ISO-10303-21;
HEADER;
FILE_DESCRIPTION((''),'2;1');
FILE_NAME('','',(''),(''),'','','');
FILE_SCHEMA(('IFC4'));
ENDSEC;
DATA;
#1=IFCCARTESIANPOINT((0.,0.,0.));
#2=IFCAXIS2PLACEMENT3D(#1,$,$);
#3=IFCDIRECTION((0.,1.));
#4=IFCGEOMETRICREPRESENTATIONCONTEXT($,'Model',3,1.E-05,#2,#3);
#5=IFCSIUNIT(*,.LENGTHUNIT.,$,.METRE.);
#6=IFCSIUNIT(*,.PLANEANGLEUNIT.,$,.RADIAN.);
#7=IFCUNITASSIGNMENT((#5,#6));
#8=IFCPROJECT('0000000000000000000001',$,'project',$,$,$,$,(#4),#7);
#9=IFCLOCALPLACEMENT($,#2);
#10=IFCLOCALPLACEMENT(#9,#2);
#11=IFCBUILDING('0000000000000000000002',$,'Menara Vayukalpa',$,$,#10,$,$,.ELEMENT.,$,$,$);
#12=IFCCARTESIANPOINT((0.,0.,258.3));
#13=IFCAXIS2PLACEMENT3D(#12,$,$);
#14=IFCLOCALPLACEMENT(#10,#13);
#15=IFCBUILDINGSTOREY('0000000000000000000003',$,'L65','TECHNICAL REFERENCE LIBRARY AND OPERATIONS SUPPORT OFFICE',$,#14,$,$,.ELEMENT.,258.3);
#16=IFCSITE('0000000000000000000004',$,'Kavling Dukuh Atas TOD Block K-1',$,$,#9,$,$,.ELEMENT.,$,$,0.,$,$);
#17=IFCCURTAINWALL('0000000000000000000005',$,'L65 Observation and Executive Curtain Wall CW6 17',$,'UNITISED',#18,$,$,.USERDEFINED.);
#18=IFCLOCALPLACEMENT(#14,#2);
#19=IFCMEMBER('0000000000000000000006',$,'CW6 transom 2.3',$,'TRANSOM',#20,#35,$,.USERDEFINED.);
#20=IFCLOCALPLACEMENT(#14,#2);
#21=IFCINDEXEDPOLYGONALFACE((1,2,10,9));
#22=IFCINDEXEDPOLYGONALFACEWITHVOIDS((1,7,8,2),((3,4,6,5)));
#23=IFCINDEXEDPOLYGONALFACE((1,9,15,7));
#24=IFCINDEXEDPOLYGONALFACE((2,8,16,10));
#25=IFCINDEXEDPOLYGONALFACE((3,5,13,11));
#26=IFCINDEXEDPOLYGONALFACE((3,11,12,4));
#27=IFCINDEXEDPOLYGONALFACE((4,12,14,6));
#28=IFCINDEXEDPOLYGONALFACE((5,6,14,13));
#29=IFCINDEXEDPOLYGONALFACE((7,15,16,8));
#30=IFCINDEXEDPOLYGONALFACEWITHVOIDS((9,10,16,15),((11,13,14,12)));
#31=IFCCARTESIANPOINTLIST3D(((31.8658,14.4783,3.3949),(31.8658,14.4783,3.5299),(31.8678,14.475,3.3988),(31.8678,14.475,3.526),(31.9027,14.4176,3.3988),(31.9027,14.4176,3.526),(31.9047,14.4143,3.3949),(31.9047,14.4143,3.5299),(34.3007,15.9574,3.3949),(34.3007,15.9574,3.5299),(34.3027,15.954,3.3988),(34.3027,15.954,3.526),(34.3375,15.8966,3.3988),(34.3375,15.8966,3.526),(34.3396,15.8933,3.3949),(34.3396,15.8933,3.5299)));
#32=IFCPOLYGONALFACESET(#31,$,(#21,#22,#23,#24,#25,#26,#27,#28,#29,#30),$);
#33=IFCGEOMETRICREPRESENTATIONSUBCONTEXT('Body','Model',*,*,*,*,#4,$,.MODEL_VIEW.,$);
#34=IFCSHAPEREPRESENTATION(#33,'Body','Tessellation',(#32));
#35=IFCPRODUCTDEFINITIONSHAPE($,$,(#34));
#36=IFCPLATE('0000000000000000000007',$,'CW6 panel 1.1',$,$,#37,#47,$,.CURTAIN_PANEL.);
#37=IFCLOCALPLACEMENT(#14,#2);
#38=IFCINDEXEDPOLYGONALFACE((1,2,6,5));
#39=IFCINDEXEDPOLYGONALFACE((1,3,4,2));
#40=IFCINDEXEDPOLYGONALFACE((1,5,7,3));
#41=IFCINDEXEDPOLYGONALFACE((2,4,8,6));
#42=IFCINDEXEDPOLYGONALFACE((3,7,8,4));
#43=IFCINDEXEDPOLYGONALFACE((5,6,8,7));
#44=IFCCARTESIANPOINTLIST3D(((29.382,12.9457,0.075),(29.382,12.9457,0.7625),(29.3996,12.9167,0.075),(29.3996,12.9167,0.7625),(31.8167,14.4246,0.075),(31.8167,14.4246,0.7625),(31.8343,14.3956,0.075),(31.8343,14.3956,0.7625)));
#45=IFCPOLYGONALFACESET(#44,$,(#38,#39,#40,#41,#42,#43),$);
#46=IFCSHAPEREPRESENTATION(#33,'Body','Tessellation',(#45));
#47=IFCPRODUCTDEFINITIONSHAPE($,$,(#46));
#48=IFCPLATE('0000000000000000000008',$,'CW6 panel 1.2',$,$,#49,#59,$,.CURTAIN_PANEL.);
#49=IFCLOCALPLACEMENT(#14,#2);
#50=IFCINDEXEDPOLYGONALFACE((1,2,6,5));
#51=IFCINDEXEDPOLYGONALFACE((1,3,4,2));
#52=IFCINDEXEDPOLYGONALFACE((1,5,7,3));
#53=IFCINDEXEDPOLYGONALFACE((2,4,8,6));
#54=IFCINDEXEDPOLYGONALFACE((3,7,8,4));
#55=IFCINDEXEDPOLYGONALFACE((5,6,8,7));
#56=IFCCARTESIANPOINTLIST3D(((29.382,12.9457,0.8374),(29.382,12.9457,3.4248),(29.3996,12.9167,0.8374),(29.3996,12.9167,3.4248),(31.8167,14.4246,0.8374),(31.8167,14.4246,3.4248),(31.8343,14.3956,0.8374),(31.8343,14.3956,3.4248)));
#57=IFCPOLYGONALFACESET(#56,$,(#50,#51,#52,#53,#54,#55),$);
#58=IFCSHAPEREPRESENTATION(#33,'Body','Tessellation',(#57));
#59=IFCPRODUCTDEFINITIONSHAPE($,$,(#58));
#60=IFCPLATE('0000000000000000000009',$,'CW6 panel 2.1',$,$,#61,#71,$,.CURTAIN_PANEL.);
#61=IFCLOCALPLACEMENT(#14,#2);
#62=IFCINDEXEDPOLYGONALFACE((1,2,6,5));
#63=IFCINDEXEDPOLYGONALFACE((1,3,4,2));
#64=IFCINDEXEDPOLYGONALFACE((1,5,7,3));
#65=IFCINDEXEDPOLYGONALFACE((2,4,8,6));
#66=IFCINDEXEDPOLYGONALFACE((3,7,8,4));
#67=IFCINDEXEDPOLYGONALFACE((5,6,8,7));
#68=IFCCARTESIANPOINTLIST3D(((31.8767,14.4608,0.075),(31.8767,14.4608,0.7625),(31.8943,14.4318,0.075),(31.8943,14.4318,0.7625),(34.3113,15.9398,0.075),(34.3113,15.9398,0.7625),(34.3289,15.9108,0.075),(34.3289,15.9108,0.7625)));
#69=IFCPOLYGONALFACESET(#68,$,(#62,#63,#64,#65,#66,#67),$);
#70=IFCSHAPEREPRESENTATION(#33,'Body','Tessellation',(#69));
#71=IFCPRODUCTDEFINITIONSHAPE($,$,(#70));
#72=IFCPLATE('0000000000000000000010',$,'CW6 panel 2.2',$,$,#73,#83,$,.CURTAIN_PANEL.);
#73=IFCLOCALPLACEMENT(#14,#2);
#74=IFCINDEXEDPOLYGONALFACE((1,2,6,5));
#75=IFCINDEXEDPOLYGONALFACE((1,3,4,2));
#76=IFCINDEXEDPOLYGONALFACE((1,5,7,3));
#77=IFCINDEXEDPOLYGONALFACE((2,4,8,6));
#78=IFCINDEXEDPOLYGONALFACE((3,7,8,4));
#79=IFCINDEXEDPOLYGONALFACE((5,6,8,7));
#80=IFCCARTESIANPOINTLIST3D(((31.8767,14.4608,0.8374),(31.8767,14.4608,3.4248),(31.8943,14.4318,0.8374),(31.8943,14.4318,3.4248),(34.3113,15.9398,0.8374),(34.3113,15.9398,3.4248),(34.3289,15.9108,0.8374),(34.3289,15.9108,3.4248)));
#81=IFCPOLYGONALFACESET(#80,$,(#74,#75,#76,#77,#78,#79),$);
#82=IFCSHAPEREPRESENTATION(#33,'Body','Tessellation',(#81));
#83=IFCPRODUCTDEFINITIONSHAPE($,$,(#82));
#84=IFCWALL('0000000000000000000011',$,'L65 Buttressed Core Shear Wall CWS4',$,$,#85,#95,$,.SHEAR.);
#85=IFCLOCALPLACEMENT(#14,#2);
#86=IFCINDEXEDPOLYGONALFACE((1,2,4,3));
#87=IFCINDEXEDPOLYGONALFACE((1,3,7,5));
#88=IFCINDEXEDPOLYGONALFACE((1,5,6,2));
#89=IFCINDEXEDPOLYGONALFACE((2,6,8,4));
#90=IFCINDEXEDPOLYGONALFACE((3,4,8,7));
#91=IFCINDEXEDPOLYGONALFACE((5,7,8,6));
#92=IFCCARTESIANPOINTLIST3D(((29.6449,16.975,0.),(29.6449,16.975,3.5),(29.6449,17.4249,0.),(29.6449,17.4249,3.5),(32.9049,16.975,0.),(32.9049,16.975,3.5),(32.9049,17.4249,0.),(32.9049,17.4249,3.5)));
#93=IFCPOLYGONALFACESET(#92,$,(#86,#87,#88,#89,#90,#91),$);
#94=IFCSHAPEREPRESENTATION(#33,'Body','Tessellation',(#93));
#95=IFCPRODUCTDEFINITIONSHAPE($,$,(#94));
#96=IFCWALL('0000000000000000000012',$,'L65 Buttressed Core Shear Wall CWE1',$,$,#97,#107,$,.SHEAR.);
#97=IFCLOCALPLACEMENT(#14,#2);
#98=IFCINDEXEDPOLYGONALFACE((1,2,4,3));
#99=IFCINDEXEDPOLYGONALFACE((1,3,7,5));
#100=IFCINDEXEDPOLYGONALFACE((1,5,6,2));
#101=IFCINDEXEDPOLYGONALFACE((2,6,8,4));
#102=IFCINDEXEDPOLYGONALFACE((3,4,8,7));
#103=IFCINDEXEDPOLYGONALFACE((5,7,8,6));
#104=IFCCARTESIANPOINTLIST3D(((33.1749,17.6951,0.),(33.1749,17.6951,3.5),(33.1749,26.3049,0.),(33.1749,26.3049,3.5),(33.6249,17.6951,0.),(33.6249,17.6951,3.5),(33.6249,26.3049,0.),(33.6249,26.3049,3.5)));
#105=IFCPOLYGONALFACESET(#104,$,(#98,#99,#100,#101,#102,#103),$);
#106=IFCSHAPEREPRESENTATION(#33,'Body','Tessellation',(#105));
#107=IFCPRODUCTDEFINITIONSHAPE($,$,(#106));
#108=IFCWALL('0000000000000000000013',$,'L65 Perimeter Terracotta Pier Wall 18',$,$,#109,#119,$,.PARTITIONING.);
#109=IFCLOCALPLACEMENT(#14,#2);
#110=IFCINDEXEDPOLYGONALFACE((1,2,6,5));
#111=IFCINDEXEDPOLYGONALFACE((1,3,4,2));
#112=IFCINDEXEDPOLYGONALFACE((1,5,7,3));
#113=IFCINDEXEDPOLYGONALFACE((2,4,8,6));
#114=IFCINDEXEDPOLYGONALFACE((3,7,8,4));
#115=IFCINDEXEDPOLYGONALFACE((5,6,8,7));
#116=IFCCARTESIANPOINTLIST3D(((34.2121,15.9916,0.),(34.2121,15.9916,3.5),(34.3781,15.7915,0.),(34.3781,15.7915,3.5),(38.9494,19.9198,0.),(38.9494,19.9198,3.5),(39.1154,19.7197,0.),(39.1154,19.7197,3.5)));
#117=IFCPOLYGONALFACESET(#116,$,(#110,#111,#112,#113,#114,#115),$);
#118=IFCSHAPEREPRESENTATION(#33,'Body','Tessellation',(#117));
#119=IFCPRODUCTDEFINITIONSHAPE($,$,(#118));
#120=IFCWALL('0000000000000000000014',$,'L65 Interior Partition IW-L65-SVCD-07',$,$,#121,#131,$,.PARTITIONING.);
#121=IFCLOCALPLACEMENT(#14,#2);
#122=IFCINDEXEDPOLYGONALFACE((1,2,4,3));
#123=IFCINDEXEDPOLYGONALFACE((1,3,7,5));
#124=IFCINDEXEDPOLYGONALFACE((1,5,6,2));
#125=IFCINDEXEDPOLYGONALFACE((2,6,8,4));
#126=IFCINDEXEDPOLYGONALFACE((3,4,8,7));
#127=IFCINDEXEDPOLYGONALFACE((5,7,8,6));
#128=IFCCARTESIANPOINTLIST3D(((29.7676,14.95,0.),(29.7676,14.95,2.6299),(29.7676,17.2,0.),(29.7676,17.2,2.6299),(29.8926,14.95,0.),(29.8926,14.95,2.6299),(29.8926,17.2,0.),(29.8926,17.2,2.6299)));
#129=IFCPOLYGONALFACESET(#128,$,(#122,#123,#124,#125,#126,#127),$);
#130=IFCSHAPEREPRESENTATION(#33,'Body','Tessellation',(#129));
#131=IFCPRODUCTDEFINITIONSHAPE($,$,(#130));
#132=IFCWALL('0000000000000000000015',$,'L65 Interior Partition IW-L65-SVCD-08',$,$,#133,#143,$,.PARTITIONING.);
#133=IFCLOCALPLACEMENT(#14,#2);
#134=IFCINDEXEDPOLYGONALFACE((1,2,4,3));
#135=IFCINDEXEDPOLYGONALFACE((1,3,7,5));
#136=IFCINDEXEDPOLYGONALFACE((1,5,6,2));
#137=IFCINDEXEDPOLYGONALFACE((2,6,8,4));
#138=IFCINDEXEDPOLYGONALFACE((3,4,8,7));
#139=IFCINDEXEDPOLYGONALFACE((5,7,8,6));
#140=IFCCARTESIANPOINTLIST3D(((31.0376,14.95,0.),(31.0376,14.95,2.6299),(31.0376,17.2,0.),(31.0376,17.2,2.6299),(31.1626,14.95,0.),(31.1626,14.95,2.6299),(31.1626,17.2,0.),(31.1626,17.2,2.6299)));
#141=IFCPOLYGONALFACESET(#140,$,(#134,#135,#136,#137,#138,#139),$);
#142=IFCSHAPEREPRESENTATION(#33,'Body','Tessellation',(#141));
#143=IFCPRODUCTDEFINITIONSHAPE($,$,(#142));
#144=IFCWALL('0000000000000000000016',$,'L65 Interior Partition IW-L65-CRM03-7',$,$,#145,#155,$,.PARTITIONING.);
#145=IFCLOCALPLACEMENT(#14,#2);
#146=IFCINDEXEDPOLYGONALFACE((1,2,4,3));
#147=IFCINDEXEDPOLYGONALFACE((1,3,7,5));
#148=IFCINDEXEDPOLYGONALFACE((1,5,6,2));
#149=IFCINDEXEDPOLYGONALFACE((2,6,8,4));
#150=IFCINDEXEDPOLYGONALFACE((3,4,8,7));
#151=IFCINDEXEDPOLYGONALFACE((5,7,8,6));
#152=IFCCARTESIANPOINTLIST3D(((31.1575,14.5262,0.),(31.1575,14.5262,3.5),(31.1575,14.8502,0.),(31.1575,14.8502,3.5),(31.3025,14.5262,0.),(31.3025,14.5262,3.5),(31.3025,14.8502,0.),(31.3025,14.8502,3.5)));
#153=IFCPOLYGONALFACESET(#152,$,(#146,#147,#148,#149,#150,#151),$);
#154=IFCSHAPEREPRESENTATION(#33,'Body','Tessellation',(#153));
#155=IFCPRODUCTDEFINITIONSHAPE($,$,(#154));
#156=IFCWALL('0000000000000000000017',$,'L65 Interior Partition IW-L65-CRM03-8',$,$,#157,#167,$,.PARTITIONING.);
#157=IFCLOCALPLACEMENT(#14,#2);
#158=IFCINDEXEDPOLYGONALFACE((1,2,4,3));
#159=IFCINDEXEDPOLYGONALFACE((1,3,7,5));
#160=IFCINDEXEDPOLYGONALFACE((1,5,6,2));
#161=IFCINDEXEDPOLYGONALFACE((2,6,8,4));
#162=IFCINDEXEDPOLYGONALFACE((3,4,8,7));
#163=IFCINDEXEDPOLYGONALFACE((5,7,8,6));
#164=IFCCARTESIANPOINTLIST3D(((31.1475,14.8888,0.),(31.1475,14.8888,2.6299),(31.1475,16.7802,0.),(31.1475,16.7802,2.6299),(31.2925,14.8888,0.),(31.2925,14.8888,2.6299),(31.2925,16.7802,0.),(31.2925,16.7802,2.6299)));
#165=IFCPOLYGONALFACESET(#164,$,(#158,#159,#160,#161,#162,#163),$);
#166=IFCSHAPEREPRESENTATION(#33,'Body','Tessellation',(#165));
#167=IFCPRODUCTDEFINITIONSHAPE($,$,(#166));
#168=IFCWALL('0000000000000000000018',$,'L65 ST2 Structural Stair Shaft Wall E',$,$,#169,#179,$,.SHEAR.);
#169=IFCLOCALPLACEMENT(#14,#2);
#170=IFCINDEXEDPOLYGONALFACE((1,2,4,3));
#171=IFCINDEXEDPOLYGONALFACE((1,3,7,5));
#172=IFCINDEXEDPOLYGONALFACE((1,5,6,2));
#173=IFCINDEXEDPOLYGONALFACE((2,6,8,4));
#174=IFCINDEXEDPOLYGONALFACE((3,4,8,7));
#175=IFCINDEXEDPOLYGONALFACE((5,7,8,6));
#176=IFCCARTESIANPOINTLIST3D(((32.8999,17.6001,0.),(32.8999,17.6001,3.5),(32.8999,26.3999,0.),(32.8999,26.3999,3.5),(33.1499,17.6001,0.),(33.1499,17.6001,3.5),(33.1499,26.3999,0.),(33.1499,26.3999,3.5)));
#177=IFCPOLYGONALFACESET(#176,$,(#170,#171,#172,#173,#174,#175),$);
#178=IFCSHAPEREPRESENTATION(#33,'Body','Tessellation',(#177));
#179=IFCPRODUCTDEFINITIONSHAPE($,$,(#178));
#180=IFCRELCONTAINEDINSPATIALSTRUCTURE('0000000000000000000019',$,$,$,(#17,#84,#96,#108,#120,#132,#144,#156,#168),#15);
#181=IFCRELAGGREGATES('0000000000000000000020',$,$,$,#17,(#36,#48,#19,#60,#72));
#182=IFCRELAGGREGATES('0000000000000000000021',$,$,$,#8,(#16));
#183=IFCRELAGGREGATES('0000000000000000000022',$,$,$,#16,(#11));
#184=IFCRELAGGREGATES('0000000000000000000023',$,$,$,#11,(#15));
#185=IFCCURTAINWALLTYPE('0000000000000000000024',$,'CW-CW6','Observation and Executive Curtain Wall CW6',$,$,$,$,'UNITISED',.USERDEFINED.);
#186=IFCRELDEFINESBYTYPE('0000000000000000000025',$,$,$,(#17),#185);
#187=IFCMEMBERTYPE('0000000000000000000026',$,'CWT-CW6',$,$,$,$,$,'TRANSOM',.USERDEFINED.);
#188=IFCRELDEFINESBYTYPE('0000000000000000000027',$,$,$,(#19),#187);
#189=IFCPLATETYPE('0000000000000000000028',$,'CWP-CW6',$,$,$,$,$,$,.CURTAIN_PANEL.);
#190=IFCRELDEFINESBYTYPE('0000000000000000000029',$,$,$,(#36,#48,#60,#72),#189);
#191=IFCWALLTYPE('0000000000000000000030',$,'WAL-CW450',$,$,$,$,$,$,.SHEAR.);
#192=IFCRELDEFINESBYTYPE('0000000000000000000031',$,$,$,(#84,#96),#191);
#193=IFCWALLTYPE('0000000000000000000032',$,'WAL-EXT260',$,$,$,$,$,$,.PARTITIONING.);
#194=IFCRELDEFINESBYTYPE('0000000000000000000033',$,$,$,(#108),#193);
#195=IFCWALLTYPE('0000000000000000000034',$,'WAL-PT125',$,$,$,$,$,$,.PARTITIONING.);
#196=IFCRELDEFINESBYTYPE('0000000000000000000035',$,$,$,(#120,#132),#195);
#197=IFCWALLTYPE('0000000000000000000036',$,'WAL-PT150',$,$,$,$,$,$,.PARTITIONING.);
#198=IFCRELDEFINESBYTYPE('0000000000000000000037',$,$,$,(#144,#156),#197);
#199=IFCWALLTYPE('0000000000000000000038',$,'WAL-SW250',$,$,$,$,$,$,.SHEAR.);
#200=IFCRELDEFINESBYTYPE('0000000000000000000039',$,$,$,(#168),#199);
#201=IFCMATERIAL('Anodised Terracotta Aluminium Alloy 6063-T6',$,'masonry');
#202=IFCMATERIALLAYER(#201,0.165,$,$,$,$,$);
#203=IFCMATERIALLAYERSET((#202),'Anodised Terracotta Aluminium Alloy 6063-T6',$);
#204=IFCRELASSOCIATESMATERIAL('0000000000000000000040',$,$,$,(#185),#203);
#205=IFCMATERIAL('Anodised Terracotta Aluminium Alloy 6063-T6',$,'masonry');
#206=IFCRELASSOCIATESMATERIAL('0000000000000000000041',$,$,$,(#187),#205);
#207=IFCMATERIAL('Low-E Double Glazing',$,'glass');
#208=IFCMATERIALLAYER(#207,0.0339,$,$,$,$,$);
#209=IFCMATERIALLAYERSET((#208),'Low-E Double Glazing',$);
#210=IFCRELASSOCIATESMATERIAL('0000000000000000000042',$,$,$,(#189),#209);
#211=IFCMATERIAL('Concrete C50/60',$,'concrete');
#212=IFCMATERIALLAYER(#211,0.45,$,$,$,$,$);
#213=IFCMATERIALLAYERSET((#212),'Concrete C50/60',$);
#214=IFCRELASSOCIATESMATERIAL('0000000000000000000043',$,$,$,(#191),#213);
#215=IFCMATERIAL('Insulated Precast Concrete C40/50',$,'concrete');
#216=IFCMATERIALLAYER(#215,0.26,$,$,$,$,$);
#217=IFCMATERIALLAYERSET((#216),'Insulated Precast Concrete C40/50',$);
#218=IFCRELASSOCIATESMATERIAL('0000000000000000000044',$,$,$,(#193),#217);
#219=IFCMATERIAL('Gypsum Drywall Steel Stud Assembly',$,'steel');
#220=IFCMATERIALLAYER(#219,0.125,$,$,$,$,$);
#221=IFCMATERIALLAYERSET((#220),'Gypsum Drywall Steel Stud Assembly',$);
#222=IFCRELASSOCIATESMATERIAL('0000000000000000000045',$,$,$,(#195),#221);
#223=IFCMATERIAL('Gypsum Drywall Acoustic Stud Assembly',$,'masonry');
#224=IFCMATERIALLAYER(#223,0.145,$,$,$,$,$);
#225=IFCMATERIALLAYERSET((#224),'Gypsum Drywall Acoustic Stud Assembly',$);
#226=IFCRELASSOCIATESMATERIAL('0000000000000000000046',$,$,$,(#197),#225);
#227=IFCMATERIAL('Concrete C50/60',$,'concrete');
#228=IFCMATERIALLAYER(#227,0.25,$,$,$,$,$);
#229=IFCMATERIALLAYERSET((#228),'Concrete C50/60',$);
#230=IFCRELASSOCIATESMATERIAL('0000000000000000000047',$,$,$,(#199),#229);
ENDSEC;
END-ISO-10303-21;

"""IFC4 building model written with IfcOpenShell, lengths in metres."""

from ifc_helpers import new_model, si_unit, direction, frame, frame_2d, origin, origin_2d, place, context, subcontext, project, spatial, rectangle, hollow_rectangle, extrude, material, layer, layer_set, material_profile, profile_set, type_object, element, aggregate, save


model = new_model("IFC4")

# Units and contexts
model_context = context("Model", 3, precision=1e-05, world=origin(), true_north=direction((0.0, 1.0)))
body_context = subcontext(model_context, "Body", "Model", "MODEL_VIEW")
ifc_project = project(units=[si_unit("LENGTHUNIT", "METRE"), si_unit("PLANEANGLEUNIT", "RADIAN")], contexts=[model_context])

# Site, building, storey
site_placement = place(None, origin())
site = spatial("IfcSite", under=ifc_project, at=site_placement, Name="Kavling Dukuh Atas TOD Block K-1", CompositionType="ELEMENT", RefElevation=0.0)
building_placement = place(site_placement, origin())
building = spatial("IfcBuilding", under=site, at=building_placement, Name="Menara Vayukalpa", CompositionType="ELEMENT")
storey_placement = place(building_placement, frame((0.0, 0.0, 258.3)))
storey = spatial("IfcBuildingStorey", under=building, at=storey_placement, Name="L65", Description="TECHNICAL REFERENCE LIBRARY AND OPERATIONS SUPPORT OFFICE", CompositionType="ELEMENT", Elevation=258.3)

# Curtain wall, member, plates
ifc_material_1 = material(Name="Anodised Terracotta Aluminium Alloy 6063-T6", Category="masonry")
ifc_layer_1 = layer(ifc_material_1, 0.165)
ifc_layer_set_1 = layer_set([ifc_layer_1], Name="Anodised Terracotta Aluminium Alloy 6063-T6")
curtain_wall_type = type_object("IfcCurtainWallType", Name="CW-CW6", Description="Observation and Executive Curtain Wall CW6", ElementType="UNITISED", PredefinedType="USERDEFINED", material=ifc_layer_set_1)
curtain_wall_placement = place(storey_placement, origin())
curtain_wall = element("IfcCurtainWall", 1, at=curtain_wall_placement, inside=storey, type_object=curtain_wall_type, Name="L65 Observation and Executive Curtain Wall CW6 17", ObjectType="UNITISED", PredefinedType="USERDEFINED")
ifc_material_2 = material(Name="Anodised Terracotta Aluminium Alloy 6063-T6", Category="masonry")
ifc_material_profile_1 = material_profile(ifc_material_2, hollow_rectangle(XDim=0.075, YDim=0.135, WallThickness=0.0039, at=origin_2d()), Name="ALU 75x135x4")
ifc_profile_set_1 = profile_set([ifc_material_profile_1], Name="Anodised Terracotta Aluminium Alloy 6063-T6")
member_type_1 = type_object("IfcMemberType", Name="CWT-CW6", ElementType="TRANSOM", PredefinedType="USERDEFINED", material=ifc_profile_set_1)
member_1_placement = place(storey_placement, frame((31.8853, 14.4463, 3.4624), z_axis=(0.854675, 0.519164, 0.0), x_axis=(-0.519164, 0.854675, 0.0)))
member_1 = element("IfcMember", 2, at=member_1_placement, type_object=member_type_1, Name="CW6 transom 2.3", ObjectType="TRANSOM", PredefinedType="USERDEFINED", context=body_context, shape_type="SweptSolid", body=[
    extrude(hollow_rectangle(XDim=0.075, YDim=0.135, WallThickness=0.0039, at=origin_2d()), origin(), (0.0, 0.0, 1.0), 2.8489),
])
ifc_material_3 = material(Name="Low-E Double Glazing", Category="glass")
ifc_layer_2 = layer(ifc_material_3, 0.0339)
ifc_layer_set_2 = layer_set([ifc_layer_2], Name="Low-E Double Glazing")
plate_type = type_object("IfcPlateType", Name="CWP-CW6", PredefinedType="CURTAIN_PANEL", material=ifc_layer_set_2)
plate_1_placement = place(storey_placement, frame((30.6082, 13.6707, 0.075), z_axis=(0.0, 0.0, 1.0), x_axis=(0.854668, 0.519176, 0.0)))
plate_1 = element("IfcPlate", 3, at=plate_1_placement, type_object=plate_type, Name="CW6 panel 1.1", PredefinedType="CURTAIN_PANEL", context=body_context, shape_type="SweptSolid", body=[
    extrude(rectangle(XDim=2.8486, YDim=0.0339, at=origin_2d()), origin(), (0.0, 0.0, 1.0), 0.6875),
])
plate_2_placement = place(storey_placement, frame((30.6082, 13.6707, 0.8374), z_axis=(0.0, 0.0, 1.0), x_axis=(0.854668, 0.519176, 0.0)))
plate_2 = element("IfcPlate", 4, at=plate_2_placement, type_object=plate_type, Name="CW6 panel 1.2", PredefinedType="CURTAIN_PANEL", context=body_context, shape_type="SweptSolid", body=[
    extrude(rectangle(XDim=2.8486, YDim=0.0339, at=origin_2d()), origin(), (0.0, 0.0, 1.0), 2.5874),
])
plate_3_placement = place(storey_placement, frame((33.1028, 15.1858, 0.075), z_axis=(0.0, 0.0, 1.0), x_axis=(0.854668, 0.519176, 0.0)))
plate_3 = element("IfcPlate", 5, at=plate_3_placement, type_object=plate_type, Name="CW6 panel 2.1", PredefinedType="CURTAIN_PANEL", context=body_context, shape_type="SweptSolid", body=[
    extrude(rectangle(XDim=2.8486, YDim=0.0339, at=origin_2d()), origin(), (0.0, 0.0, 1.0), 0.6875),
])
plate_4_placement = place(storey_placement, frame((33.1028, 15.1858, 0.8374), z_axis=(0.0, 0.0, 1.0), x_axis=(0.854668, 0.519176, 0.0)))
plate_4 = element("IfcPlate", 6, at=plate_4_placement, type_object=plate_type, Name="CW6 panel 2.2", PredefinedType="CURTAIN_PANEL", context=body_context, shape_type="SweptSolid", body=[
    extrude(rectangle(XDim=2.8486, YDim=0.0339, at=origin_2d()), origin(), (0.0, 0.0, 1.0), 2.5874),
])
aggregate(curtain_wall, [plate_1, plate_2, member_1, plate_3, plate_4])

# Walls
ifc_material_4 = material(Name="Concrete C50/60", Category="concrete")
ifc_layer_3 = layer(ifc_material_4, 0.45)
ifc_layer_set_3 = layer_set([ifc_layer_3], Name="Concrete C50/60")
wall_type_1 = type_object("IfcWallType", Name="WAL-CW450", PredefinedType="SHEAR", material=ifc_layer_set_3)
wall_1_placement = place(storey_placement, frame((29.645, 17.2, 0.0), z_axis=(0.0, 0.0, 1.0), x_axis=(1.0, 0.0, 0.0)))
element("IfcWall", 7, at=wall_1_placement, inside=storey, type_object=wall_type_1, Name="L65 Buttressed Core Shear Wall CWS4", PredefinedType="SHEAR", context=body_context, shape_type="SweptSolid", body=[
    extrude(rectangle(XDim=3.26, YDim=0.45, at=frame_2d((1.6299, 0.0))), origin(), (0.0, 0.0, 1.0), 3.5),
])
wall_2_placement = place(storey_placement, frame((33.3999, 17.6951, 0.0), z_axis=(0.0, 0.0, 1.0), x_axis=(0.0, 1.0, 0.0)))
element("IfcWall", 8, at=wall_2_placement, inside=storey, type_object=wall_type_1, Name="L65 Buttressed Core Shear Wall CWE1", PredefinedType="SHEAR", context=body_context, shape_type="SweptSolid", body=[
    extrude(rectangle(XDim=8.6099, YDim=0.45, at=frame_2d((4.3049, 0.0))), origin(), (0.0, 0.0, 1.0), 3.5),
])
ifc_material_5 = material(Name="Insulated Precast Concrete C40/50", Category="concrete")
ifc_layer_4 = layer(ifc_material_5, 0.26)
ifc_layer_set_4 = layer_set([ifc_layer_4], Name="Insulated Precast Concrete C40/50")
wall_type_2 = type_object("IfcWallType", Name="WAL-EXT260", PredefinedType="PARTITIONING", material=ifc_layer_set_4)
wall_3_placement = place(storey_placement, frame((39.0325, 19.8198, 0.0), z_axis=(0.0, 0.0, 1.0), x_axis=(-0.76978, -0.638309, 0.0)))
element("IfcWall", 9, at=wall_3_placement, inside=storey, type_object=wall_type_2, Name="L65 Perimeter Terracotta Pier Wall 18", PredefinedType="PARTITIONING", context=body_context, shape_type="SweptSolid", body=[
    extrude(rectangle(XDim=6.1541, YDim=0.26, at=frame_2d((3.0771, 0.0))), origin(), (0.0, 0.0, 1.0), 3.5),
])
ifc_material_6 = material(Name="Gypsum Drywall Steel Stud Assembly", Category="steel")
ifc_layer_5 = layer(ifc_material_6, 0.125)
ifc_layer_set_5 = layer_set([ifc_layer_5], Name="Gypsum Drywall Steel Stud Assembly")
wall_type_3 = type_object("IfcWallType", Name="WAL-PT125", PredefinedType="PARTITIONING", material=ifc_layer_set_5)
for number, where, z_axis, x_axis, name in (
    (10, (29.8301, 14.95, 0.0), (0.0, 0.0, 1.0), (0.0, 1.0, 0.0), "L65 Interior Partition IW-L65-SVCD-07"),
    (11, (31.1001, 14.95, 0.0), (0.0, 0.0, 1.0), (0.0, 1.0, 0.0), "L65 Interior Partition IW-L65-SVCD-08"),
):
    element("IfcWall", number, at=place(storey_placement, frame(where, z_axis=z_axis, x_axis=x_axis)), inside=storey, type_object=wall_type_3, Name=name, PredefinedType="PARTITIONING", context=body_context, shape_type="SweptSolid", body=[
        extrude(rectangle(XDim=2.25, YDim=0.125, at=frame_2d((1.125, 0.0))), origin(), (0.0, 0.0, 1.0), 2.6299),
    ])
ifc_material_7 = material(Name="Gypsum Drywall Acoustic Stud Assembly", Category="masonry")
ifc_layer_6 = layer(ifc_material_7, 0.145)
ifc_layer_set_6 = layer_set([ifc_layer_6], Name="Gypsum Drywall Acoustic Stud Assembly")
wall_type_4 = type_object("IfcWallType", Name="WAL-PT150", PredefinedType="PARTITIONING", material=ifc_layer_set_6)
wall_4_placement = place(storey_placement, frame((31.23, 14.5261, 0.0), z_axis=(0.0, 0.0, 1.0), x_axis=(0.0, 1.0, 0.0)))
element("IfcWall", 12, at=wall_4_placement, inside=storey, type_object=wall_type_4, Name="L65 Interior Partition IW-L65-CRM03-7", PredefinedType="PARTITIONING", context=body_context, shape_type="SweptSolid", body=[
    extrude(rectangle(XDim=0.324, YDim=0.145, at=frame_2d((0.1621, 0.0))), origin(), (0.0, 0.0, 1.0), 3.5),
])
wall_5_placement = place(storey_placement, frame((31.22, 14.8887, 0.0), z_axis=(0.0, 0.0, 1.0), x_axis=(0.0, 1.0, 0.0)))
element("IfcWall", 13, at=wall_5_placement, inside=storey, type_object=wall_type_4, Name="L65 Interior Partition IW-L65-CRM03-8", PredefinedType="PARTITIONING", context=body_context, shape_type="SweptSolid", body=[
    extrude(rectangle(XDim=1.8914, YDim=0.145, at=frame_2d((0.9458, 0.0))), origin(), (0.0, 0.0, 1.0), 2.6299),
])
ifc_material_8 = material(Name="Concrete C50/60", Category="concrete")
ifc_layer_7 = layer(ifc_material_8, 0.25)
ifc_layer_set_7 = layer_set([ifc_layer_7], Name="Concrete C50/60")
wall_type_5 = type_object("IfcWallType", Name="WAL-SW250", PredefinedType="SHEAR", material=ifc_layer_set_7)
wall_6_placement = place(storey_placement, frame((33.0249, 17.6001, 0.0), z_axis=(0.0, 0.0, 1.0), x_axis=(0.0, 1.0, 0.0)))
element("IfcWall", 14, at=wall_6_placement, inside=storey, type_object=wall_type_5, Name="L65 ST2 Structural Stair Shaft Wall E", PredefinedType="SHEAR", context=body_context, shape_type="SweptSolid", body=[
    extrude(rectangle(XDim=8.7998, YDim=0.25, at=frame_2d((4.3999, 0.0))), origin(), (0.0, 0.0, 1.0), 3.5),
])

save(model, "model.ifc")
